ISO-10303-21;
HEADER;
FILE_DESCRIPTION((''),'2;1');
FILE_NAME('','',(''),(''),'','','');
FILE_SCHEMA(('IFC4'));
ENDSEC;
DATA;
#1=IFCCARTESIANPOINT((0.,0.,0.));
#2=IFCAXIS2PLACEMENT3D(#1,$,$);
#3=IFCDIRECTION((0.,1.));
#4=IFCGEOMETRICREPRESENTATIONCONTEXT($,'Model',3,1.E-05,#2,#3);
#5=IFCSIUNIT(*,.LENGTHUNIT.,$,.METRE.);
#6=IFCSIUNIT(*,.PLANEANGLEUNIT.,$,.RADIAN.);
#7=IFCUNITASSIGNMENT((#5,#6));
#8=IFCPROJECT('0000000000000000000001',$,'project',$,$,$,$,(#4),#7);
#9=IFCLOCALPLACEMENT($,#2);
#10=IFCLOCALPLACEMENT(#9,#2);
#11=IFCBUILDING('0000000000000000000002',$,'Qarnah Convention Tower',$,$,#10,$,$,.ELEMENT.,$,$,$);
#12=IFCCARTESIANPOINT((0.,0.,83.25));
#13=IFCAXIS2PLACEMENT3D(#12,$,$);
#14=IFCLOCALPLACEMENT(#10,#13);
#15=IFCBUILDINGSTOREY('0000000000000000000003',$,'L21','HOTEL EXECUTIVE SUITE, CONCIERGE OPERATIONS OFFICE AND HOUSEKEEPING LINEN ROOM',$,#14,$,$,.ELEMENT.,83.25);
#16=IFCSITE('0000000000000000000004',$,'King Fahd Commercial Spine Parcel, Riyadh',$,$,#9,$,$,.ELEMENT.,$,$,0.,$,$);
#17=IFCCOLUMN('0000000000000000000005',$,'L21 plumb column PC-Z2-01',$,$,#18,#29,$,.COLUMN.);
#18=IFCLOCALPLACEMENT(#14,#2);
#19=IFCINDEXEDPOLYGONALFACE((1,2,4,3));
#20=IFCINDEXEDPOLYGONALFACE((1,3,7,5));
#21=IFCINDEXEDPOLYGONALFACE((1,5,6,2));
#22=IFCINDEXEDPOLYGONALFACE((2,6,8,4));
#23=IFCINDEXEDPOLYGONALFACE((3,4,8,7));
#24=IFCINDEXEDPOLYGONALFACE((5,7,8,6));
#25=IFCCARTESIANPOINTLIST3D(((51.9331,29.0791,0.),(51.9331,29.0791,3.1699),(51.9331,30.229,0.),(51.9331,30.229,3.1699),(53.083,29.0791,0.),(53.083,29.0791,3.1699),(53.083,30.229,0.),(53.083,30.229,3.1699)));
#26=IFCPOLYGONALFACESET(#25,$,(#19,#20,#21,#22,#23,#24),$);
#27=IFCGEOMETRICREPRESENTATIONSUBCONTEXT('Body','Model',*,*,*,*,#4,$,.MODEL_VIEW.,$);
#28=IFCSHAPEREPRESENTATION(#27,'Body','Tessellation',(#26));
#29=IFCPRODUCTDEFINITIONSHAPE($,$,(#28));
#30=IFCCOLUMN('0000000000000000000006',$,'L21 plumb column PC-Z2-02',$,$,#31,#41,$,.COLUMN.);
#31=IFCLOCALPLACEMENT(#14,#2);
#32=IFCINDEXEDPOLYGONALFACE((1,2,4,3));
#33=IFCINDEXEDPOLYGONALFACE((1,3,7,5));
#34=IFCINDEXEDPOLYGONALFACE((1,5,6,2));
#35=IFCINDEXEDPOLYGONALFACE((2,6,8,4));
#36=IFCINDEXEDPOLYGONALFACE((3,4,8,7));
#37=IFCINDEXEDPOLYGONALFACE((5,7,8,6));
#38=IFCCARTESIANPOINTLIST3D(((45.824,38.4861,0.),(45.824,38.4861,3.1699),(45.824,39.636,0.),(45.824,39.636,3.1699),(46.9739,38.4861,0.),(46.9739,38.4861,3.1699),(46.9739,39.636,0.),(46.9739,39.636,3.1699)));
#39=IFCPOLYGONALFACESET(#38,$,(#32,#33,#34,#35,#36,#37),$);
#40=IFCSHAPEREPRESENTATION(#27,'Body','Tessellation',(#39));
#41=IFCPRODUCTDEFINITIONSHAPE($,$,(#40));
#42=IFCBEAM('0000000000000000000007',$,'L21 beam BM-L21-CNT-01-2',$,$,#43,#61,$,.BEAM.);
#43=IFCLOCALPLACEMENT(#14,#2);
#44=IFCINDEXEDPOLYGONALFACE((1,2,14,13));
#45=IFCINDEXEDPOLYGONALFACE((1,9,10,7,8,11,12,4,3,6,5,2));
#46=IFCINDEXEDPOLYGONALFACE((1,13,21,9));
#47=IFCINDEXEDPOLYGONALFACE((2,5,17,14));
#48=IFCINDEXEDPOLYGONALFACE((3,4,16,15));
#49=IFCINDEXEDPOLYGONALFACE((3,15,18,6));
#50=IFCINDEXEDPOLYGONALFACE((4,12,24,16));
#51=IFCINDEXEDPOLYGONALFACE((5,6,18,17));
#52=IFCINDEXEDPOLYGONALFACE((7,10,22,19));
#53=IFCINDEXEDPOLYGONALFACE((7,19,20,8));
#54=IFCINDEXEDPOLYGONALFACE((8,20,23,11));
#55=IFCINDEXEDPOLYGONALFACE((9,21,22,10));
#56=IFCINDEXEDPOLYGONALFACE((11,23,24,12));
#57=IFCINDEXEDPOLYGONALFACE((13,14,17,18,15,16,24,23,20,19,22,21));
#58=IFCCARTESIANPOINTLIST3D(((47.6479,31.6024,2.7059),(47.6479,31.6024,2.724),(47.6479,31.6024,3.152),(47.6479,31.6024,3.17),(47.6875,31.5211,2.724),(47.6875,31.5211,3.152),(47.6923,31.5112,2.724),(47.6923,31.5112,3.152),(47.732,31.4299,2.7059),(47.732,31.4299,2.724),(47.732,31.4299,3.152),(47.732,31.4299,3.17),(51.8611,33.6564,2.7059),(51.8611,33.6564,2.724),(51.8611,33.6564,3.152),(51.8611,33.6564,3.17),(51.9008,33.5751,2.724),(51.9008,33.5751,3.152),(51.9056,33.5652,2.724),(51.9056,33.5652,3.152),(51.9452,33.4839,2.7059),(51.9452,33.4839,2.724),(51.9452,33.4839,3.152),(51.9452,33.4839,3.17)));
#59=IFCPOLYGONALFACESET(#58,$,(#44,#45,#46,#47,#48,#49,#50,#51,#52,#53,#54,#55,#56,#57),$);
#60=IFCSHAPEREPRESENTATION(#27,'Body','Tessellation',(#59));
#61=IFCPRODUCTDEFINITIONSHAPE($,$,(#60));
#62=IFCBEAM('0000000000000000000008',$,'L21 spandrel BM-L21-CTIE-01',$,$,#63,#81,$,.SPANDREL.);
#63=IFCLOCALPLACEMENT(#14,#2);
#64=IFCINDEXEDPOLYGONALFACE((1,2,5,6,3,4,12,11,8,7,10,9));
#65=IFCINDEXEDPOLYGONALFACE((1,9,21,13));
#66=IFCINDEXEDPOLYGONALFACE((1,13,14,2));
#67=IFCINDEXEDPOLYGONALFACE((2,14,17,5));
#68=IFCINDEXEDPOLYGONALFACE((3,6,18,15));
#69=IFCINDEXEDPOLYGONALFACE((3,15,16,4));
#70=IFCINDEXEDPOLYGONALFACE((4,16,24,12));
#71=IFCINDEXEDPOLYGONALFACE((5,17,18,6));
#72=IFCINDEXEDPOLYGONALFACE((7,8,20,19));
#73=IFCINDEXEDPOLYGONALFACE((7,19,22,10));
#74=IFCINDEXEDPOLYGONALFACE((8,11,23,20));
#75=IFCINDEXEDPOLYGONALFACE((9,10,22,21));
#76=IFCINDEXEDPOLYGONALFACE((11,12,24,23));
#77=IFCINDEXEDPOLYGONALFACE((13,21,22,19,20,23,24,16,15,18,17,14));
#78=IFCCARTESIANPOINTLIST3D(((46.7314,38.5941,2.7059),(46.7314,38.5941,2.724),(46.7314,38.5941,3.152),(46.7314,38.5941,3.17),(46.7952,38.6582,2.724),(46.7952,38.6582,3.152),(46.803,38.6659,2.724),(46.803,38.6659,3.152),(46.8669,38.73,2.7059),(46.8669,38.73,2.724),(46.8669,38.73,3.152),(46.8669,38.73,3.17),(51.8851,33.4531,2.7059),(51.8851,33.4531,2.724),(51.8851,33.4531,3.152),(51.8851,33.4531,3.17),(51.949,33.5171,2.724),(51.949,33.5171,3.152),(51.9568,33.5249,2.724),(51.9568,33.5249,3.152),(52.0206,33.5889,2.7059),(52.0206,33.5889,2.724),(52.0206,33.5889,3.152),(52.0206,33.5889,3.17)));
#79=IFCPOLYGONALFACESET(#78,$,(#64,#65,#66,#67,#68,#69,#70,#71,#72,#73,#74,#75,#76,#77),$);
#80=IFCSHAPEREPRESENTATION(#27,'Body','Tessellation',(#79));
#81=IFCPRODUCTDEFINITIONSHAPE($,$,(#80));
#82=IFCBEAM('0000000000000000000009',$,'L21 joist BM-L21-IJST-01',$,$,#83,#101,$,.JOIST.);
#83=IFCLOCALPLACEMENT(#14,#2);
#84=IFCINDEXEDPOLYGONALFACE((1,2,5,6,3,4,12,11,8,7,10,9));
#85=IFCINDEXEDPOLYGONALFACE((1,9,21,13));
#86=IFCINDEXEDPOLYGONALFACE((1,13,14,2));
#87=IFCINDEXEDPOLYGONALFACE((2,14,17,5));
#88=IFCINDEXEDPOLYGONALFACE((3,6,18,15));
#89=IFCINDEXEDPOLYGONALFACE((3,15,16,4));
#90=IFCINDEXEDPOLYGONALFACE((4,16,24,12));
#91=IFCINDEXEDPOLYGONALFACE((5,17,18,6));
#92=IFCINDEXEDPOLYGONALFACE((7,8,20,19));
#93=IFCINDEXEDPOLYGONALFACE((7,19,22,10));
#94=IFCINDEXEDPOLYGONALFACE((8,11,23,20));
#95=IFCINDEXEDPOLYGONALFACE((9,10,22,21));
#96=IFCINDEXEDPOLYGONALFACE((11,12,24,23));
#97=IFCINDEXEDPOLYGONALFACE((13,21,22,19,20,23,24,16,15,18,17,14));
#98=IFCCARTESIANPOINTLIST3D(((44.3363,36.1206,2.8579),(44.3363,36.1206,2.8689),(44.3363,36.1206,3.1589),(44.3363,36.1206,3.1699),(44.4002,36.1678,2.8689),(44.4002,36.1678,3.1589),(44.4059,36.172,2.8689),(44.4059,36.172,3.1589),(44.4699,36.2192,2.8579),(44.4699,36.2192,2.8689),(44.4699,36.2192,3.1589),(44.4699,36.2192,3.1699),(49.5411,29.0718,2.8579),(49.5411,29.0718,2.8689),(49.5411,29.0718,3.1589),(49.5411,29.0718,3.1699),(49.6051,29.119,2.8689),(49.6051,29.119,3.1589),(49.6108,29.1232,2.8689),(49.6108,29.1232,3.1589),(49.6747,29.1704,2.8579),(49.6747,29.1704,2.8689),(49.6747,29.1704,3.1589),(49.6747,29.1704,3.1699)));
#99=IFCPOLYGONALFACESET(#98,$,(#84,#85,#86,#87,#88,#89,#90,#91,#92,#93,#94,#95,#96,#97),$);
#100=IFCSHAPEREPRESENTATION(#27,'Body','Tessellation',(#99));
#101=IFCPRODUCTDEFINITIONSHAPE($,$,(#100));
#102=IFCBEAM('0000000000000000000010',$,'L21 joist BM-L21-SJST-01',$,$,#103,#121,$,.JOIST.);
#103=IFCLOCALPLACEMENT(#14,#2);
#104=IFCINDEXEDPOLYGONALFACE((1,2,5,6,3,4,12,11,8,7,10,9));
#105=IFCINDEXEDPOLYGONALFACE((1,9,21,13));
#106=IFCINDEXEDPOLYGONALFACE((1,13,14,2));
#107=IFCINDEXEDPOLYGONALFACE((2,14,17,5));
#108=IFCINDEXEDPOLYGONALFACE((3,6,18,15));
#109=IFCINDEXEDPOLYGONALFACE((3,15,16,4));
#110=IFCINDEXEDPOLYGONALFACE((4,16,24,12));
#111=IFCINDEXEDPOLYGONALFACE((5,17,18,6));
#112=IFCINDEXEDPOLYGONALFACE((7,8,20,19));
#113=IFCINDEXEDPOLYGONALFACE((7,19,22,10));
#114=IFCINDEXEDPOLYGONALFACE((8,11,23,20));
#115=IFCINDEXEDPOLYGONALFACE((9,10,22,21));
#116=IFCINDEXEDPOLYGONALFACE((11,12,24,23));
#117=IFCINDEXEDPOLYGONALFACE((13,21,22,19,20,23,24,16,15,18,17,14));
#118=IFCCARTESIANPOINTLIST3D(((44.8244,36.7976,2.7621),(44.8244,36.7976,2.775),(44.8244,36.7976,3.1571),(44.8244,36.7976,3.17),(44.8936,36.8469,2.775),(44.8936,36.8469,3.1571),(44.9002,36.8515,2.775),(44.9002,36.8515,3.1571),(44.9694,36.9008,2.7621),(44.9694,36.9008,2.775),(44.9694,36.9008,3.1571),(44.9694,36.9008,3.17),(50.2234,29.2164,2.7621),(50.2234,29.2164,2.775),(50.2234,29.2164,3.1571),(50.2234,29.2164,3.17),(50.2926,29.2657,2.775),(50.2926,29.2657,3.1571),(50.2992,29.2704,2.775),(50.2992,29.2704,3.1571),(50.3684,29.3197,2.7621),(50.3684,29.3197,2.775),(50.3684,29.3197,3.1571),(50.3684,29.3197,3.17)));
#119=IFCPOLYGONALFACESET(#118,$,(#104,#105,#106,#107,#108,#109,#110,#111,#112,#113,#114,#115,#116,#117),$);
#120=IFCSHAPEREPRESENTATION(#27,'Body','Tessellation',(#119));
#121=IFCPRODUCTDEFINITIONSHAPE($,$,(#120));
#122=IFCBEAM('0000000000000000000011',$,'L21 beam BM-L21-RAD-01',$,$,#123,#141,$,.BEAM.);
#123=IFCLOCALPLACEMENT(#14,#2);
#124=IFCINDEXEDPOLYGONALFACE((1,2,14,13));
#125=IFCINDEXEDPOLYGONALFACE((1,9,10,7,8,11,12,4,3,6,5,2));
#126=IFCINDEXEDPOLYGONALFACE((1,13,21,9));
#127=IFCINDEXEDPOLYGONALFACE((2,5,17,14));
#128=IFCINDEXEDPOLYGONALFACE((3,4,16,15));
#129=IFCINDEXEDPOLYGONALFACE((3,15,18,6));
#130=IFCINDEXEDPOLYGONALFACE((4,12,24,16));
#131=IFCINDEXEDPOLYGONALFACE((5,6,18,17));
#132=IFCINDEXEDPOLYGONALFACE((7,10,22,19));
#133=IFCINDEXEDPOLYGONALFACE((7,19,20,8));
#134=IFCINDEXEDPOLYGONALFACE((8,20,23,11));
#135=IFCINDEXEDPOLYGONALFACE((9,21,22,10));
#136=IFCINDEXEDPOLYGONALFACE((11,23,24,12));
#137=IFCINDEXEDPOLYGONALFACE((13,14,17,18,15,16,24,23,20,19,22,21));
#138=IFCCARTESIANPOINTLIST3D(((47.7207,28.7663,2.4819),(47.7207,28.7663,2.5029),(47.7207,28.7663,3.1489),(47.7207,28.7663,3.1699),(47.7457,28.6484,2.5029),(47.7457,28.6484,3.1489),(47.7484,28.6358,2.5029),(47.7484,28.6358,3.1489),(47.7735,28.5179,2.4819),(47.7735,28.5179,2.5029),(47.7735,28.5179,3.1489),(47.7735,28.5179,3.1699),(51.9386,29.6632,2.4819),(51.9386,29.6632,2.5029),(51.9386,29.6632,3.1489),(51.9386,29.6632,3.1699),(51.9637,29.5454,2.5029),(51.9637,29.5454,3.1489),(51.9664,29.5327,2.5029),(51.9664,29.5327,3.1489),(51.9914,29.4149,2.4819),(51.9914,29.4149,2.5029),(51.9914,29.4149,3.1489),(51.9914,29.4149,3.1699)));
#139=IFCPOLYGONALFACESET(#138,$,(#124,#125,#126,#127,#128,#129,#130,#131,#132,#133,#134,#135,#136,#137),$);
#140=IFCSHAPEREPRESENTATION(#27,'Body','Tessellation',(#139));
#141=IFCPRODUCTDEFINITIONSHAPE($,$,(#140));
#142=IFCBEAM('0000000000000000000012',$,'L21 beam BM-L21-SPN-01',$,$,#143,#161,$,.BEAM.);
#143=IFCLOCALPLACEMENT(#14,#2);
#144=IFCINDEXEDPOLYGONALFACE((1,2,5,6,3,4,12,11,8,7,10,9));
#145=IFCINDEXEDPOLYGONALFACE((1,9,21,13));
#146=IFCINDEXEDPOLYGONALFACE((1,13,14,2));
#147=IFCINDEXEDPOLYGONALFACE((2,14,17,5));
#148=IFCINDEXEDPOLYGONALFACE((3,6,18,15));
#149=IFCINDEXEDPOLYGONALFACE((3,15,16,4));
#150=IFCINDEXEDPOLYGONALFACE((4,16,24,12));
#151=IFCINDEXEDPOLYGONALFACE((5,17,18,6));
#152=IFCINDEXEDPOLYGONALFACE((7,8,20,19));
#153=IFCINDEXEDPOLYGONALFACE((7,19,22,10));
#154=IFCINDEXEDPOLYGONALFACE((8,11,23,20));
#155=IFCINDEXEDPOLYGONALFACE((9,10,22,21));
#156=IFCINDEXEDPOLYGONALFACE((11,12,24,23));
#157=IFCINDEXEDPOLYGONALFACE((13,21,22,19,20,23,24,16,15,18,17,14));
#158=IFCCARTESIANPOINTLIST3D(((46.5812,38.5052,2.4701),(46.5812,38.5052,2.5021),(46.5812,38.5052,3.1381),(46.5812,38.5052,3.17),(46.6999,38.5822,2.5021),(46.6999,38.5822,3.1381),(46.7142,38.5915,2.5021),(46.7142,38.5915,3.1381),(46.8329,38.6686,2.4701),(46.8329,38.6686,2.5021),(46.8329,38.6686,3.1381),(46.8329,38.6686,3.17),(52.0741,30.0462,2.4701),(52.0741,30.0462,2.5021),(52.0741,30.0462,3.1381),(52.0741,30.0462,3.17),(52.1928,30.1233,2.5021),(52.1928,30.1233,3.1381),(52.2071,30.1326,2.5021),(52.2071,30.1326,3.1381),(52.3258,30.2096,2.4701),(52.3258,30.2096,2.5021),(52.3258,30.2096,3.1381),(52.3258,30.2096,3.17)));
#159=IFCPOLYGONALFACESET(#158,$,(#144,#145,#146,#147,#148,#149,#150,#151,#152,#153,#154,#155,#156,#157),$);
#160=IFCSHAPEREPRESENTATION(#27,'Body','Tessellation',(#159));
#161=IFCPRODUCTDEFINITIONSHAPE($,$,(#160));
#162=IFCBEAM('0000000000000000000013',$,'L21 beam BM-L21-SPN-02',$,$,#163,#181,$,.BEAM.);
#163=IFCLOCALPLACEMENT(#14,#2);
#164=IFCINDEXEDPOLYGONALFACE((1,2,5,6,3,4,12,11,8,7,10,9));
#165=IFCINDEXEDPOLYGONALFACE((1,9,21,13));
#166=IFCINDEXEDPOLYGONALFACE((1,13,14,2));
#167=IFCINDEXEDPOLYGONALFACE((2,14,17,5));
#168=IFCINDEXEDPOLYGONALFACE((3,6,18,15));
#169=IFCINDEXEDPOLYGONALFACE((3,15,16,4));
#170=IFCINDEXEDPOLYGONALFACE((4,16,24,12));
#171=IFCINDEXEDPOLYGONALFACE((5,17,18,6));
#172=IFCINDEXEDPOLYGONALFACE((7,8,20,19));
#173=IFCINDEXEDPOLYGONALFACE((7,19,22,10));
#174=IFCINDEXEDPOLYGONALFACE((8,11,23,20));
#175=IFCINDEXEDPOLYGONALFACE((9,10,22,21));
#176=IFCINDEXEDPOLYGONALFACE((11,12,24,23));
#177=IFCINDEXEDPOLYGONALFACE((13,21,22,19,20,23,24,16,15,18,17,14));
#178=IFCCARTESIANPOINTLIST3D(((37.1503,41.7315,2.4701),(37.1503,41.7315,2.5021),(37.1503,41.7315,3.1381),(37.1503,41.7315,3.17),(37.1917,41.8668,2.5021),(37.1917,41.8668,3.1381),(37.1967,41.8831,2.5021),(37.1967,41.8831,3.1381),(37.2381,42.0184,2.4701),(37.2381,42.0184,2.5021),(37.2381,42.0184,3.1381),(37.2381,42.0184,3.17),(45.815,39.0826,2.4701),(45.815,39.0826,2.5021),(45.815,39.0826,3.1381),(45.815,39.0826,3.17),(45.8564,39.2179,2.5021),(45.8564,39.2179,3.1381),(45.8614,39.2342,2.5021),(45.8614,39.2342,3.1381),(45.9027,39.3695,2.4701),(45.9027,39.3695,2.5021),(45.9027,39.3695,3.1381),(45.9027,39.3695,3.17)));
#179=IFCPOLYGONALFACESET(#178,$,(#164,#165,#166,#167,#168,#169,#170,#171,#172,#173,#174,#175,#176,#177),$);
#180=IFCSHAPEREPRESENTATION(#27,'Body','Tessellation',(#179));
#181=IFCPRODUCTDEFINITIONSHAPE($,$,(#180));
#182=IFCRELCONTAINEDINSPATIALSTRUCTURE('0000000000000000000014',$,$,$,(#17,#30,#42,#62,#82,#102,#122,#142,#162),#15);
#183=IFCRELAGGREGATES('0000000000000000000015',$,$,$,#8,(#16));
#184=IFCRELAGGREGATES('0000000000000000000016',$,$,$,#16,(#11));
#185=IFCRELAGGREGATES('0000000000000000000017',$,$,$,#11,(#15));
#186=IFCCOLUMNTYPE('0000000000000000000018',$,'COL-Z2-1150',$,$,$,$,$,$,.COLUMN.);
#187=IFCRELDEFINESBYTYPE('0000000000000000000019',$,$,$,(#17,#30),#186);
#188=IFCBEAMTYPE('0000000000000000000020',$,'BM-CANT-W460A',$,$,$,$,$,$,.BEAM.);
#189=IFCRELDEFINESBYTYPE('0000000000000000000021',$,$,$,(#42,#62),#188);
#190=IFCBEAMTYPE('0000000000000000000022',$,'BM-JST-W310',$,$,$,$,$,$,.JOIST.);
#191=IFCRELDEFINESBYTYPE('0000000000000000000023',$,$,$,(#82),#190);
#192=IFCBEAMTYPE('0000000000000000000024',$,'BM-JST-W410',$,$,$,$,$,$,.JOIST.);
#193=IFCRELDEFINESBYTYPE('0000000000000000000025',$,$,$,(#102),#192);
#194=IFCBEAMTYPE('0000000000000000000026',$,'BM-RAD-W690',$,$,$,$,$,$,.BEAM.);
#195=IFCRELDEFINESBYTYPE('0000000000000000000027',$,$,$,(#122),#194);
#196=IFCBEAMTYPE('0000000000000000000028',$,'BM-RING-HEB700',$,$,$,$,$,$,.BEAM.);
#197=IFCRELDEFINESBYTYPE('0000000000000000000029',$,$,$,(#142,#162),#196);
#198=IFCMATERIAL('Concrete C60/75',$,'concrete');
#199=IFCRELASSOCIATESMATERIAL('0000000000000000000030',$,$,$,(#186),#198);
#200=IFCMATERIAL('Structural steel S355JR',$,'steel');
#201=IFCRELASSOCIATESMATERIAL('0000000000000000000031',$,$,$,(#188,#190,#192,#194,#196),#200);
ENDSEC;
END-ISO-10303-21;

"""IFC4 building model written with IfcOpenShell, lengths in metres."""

from ifc_helpers import new_model, si_unit, direction, frame, origin, origin_2d, place, context, subcontext, project, spatial, rectangle, i_section, extrude, material, material_profile, profile_set, type_object, element, save


model = new_model("IFC4")

# Units and contexts
model_context = context("Model", 3, precision=1e-05, world=origin(), true_north=direction((0.0, 1.0)))
body_context = subcontext(model_context, "Body", "Model", "MODEL_VIEW")
ifc_project = project(units=[si_unit("LENGTHUNIT", "METRE"), si_unit("PLANEANGLEUNIT", "RADIAN")], contexts=[model_context])

# Site, building, storey
site_placement = place(None, origin())
site = spatial("IfcSite", under=ifc_project, at=site_placement, Name="King Fahd Commercial Spine Parcel, Riyadh", CompositionType="ELEMENT", RefElevation=0.0)
building_placement = place(site_placement, origin())
building = spatial("IfcBuilding", under=site, at=building_placement, Name="Qarnah Convention Tower", CompositionType="ELEMENT")
storey_placement = place(building_placement, frame((0.0, 0.0, 83.25)))
storey = spatial("IfcBuildingStorey", under=building, at=storey_placement, Name="L21", Description="HOTEL EXECUTIVE SUITE, CONCIERGE OPERATIONS OFFICE AND HOUSEKEEPING LINEN ROOM", CompositionType="ELEMENT", Elevation=83.25)

# Columns
ifc_material_1 = material(Name="Concrete C60/75", Category="concrete")
ifc_material_profile_1 = material_profile(ifc_material_1, rectangle(XDim=1.1499, YDim=1.1499, at=origin_2d()), Name="RC-COL-1150X1150")
ifc_profile_set_1 = profile_set([ifc_material_profile_1], Name="Concrete C60/75")
column_type = type_object("IfcColumnType", Name="COL-Z2-1150", PredefinedType="COLUMN", material=ifc_profile_set_1)
for number, where, z_axis, x_axis, name in (
    (1, (52.5081, 29.6541, 0.0), (0.0, 0.0, 1.0), (1.0, 0.0, 0.0), "L21 plumb column PC-Z2-01"),
    (2, (46.3989, 39.061, 0.0), (0.0, 0.0, 1.0), (1.0, 0.0, 0.0), "L21 plumb column PC-Z2-02"),
):
    element("IfcColumn", number, at=place(storey_placement, frame(where, z_axis=z_axis, x_axis=x_axis)), inside=storey, type_object=column_type, Name=name, PredefinedType="COLUMN", context=body_context, shape_type="SweptSolid", body=[
        extrude(rectangle(XDim=1.1499, YDim=1.1499, at=origin_2d()), origin(), (0.0, 0.0, 1.0), 3.1699),
    ])

# Beams
ifc_material_2 = material(Name="Structural steel S355JR", Category="steel")
ifc_material_profile_2 = material_profile(ifc_material_2, i_section(OverallWidth=0.1919, OverallDepth=0.4641, WebThickness=0.011, FlangeThickness=0.0181, at=origin_2d()), Name="W460X89")
ifc_profile_set_2 = profile_set([ifc_material_profile_2], Name="Structural steel S355JR")
beam_type_1 = type_object("IfcBeamType", Name="BM-CANT-W460A", PredefinedType="BEAM", material=ifc_profile_set_2)
beam_1_placement = place(storey_placement, frame((47.6899, 31.5161, 2.938), z_axis=(0.898872, 0.438211, 0.0), x_axis=(-0.438211, 0.898872, 0.0)))
element("IfcBeam", 3, at=beam_1_placement, inside=storey, type_object=beam_type_1, Name="L21 beam BM-L21-CNT-01-2", PredefinedType="BEAM", context=body_context, shape_type="SweptSolid", body=[
    extrude(i_section(OverallWidth=0.1919, OverallDepth=0.4641, WebThickness=0.011, FlangeThickness=0.0181, at=origin_2d()), origin(), (0.0, 0.0, 1.0), 4.6873),
])
beam_2_placement = place(storey_placement, frame((51.9529, 33.521, 2.938), z_axis=(-0.707978, 0.706234, 0.0), x_axis=(-0.706234, -0.707978, 0.0)))
element("IfcBeam", 4, at=beam_2_placement, inside=storey, type_object=beam_type_1, Name="L21 spandrel BM-L21-CTIE-01", PredefinedType="SPANDREL", context=body_context, shape_type="SweptSolid", body=[
    extrude(i_section(OverallWidth=0.1919, OverallDepth=0.4641, WebThickness=0.011, FlangeThickness=0.0181, at=origin_2d()), origin(), (0.0, 0.0, 1.0), 7.2795),
])
ifc_material_profile_3 = material_profile(ifc_material_2, i_section(OverallWidth=0.166, OverallDepth=0.312, WebThickness=0.0071, FlangeThickness=0.011, at=origin_2d()), Name="W310X45")
ifc_profile_set_3 = profile_set([ifc_material_profile_3], Name="Structural steel S355JR")
beam_type_2 = type_object("IfcBeamType", Name="BM-JST-W310", PredefinedType="JOIST", material=ifc_profile_set_3)
beam_3_placement = place(storey_placement, frame((49.6079, 29.1211, 3.0139), z_axis=(-0.594009, 0.804458, 0.0), x_axis=(-0.804458, -0.594009, 0.0)))
element("IfcBeam", 5, at=beam_3_placement, inside=storey, type_object=beam_type_2, Name="L21 joist BM-L21-IJST-01", PredefinedType="JOIST", context=body_context, shape_type="SweptSolid", body=[
    extrude(i_section(OverallWidth=0.166, OverallDepth=0.312, WebThickness=0.0071, FlangeThickness=0.011, at=origin_2d()), origin(), (0.0, 0.0, 1.0), 8.7622),
])
ifc_material_profile_4 = material_profile(ifc_material_2, i_section(OverallWidth=0.178, OverallDepth=0.408, WebThickness=0.0081, FlangeThickness=0.0129, at=origin_2d()), Name="W410X60")
ifc_profile_set_4 = profile_set([ifc_material_profile_4], Name="Structural steel S355JR")
beam_type_3 = type_object("IfcBeamType", Name="BM-JST-W410", PredefinedType="JOIST", material=ifc_profile_set_4)
beam_4_placement = place(storey_placement, frame((50.2959, 29.2681, 2.9661), z_axis=(-0.580091, 0.814552, 0.0), x_axis=(-0.814552, -0.580091, 0.0)))
element("IfcBeam", 6, at=beam_4_placement, inside=storey, type_object=beam_type_3, Name="L21 joist BM-L21-SJST-01", PredefinedType="JOIST", context=body_context, shape_type="SweptSolid", body=[
    extrude(i_section(OverallWidth=0.178, OverallDepth=0.408, WebThickness=0.0081, FlangeThickness=0.0129, at=origin_2d()), origin(), (0.0, 0.0, 1.0), 9.3071),
])
ifc_material_profile_5 = material_profile(ifc_material_2, i_section(OverallWidth=0.2539, OverallDepth=0.688, WebThickness=0.0129, FlangeThickness=0.021, at=origin_2d()), Name="W690X152")
ifc_profile_set_5 = profile_set([ifc_material_profile_5], Name="Structural steel S355JR")
beam_type_4 = type_object("IfcBeamType", Name="BM-RAD-W690", PredefinedType="BEAM", material=ifc_profile_set_5)
beam_5_placement = place(storey_placement, frame((47.7471, 28.6421, 2.8259), z_axis=(0.978128, 0.208002, 0.0), x_axis=(-0.208002, 0.978128, 0.0)))
element("IfcBeam", 7, at=beam_5_placement, inside=storey, type_object=beam_type_4, Name="L21 beam BM-L21-RAD-01", PredefinedType="BEAM", context=body_context, shape_type="SweptSolid", body=[
    extrude(i_section(OverallWidth=0.2539, OverallDepth=0.688, WebThickness=0.0129, FlangeThickness=0.021, at=origin_2d()), origin(), (0.0, 0.0, 1.0), 4.3123),
])
ifc_material_profile_6 = material_profile(ifc_material_2, i_section(OverallWidth=0.3, OverallDepth=0.7, WebThickness=0.0171, FlangeThickness=0.032, at=origin_2d()), Name="HEB700")
ifc_profile_set_6 = profile_set([ifc_material_profile_6], Name="Structural steel S355JR")
beam_type_5 = type_object("IfcBeamType", Name="BM-RING-HEB700", PredefinedType="BEAM", material=ifc_profile_set_6)
beam_6_placement = place(storey_placement, frame((52.2, 30.1279, 2.8201), z_axis=(-0.544611, 0.838689, 0.0), x_axis=(-0.838689, -0.544611, 0.0)))
element("IfcBeam", 8, at=beam_6_placement, inside=storey, type_object=beam_type_5, Name="L21 beam BM-L21-SPN-01", PredefinedType="BEAM", context=body_context, shape_type="SweptSolid", body=[
    extrude(i_section(OverallWidth=0.3, OverallDepth=0.7, WebThickness=0.0171, FlangeThickness=0.032, at=origin_2d()), origin(), (0.0, 0.0, 1.0), 10.0859),
])
beam_7_placement = place(storey_placement, frame((45.8589, 39.2261, 2.8201), z_axis=(-0.95631, 0.292355, 0.0), x_axis=(-0.292355, -0.95631, 0.0)))
element("IfcBeam", 9, at=beam_7_placement, inside=storey, type_object=beam_type_5, Name="L21 beam BM-L21-SPN-02", PredefinedType="BEAM", context=body_context, shape_type="SweptSolid", body=[
    extrude(i_section(OverallWidth=0.3, OverallDepth=0.7, WebThickness=0.0171, FlangeThickness=0.032, at=origin_2d()), origin(), (0.0, 0.0, 1.0), 9.0605),
])

save(model, "model.ifc")
